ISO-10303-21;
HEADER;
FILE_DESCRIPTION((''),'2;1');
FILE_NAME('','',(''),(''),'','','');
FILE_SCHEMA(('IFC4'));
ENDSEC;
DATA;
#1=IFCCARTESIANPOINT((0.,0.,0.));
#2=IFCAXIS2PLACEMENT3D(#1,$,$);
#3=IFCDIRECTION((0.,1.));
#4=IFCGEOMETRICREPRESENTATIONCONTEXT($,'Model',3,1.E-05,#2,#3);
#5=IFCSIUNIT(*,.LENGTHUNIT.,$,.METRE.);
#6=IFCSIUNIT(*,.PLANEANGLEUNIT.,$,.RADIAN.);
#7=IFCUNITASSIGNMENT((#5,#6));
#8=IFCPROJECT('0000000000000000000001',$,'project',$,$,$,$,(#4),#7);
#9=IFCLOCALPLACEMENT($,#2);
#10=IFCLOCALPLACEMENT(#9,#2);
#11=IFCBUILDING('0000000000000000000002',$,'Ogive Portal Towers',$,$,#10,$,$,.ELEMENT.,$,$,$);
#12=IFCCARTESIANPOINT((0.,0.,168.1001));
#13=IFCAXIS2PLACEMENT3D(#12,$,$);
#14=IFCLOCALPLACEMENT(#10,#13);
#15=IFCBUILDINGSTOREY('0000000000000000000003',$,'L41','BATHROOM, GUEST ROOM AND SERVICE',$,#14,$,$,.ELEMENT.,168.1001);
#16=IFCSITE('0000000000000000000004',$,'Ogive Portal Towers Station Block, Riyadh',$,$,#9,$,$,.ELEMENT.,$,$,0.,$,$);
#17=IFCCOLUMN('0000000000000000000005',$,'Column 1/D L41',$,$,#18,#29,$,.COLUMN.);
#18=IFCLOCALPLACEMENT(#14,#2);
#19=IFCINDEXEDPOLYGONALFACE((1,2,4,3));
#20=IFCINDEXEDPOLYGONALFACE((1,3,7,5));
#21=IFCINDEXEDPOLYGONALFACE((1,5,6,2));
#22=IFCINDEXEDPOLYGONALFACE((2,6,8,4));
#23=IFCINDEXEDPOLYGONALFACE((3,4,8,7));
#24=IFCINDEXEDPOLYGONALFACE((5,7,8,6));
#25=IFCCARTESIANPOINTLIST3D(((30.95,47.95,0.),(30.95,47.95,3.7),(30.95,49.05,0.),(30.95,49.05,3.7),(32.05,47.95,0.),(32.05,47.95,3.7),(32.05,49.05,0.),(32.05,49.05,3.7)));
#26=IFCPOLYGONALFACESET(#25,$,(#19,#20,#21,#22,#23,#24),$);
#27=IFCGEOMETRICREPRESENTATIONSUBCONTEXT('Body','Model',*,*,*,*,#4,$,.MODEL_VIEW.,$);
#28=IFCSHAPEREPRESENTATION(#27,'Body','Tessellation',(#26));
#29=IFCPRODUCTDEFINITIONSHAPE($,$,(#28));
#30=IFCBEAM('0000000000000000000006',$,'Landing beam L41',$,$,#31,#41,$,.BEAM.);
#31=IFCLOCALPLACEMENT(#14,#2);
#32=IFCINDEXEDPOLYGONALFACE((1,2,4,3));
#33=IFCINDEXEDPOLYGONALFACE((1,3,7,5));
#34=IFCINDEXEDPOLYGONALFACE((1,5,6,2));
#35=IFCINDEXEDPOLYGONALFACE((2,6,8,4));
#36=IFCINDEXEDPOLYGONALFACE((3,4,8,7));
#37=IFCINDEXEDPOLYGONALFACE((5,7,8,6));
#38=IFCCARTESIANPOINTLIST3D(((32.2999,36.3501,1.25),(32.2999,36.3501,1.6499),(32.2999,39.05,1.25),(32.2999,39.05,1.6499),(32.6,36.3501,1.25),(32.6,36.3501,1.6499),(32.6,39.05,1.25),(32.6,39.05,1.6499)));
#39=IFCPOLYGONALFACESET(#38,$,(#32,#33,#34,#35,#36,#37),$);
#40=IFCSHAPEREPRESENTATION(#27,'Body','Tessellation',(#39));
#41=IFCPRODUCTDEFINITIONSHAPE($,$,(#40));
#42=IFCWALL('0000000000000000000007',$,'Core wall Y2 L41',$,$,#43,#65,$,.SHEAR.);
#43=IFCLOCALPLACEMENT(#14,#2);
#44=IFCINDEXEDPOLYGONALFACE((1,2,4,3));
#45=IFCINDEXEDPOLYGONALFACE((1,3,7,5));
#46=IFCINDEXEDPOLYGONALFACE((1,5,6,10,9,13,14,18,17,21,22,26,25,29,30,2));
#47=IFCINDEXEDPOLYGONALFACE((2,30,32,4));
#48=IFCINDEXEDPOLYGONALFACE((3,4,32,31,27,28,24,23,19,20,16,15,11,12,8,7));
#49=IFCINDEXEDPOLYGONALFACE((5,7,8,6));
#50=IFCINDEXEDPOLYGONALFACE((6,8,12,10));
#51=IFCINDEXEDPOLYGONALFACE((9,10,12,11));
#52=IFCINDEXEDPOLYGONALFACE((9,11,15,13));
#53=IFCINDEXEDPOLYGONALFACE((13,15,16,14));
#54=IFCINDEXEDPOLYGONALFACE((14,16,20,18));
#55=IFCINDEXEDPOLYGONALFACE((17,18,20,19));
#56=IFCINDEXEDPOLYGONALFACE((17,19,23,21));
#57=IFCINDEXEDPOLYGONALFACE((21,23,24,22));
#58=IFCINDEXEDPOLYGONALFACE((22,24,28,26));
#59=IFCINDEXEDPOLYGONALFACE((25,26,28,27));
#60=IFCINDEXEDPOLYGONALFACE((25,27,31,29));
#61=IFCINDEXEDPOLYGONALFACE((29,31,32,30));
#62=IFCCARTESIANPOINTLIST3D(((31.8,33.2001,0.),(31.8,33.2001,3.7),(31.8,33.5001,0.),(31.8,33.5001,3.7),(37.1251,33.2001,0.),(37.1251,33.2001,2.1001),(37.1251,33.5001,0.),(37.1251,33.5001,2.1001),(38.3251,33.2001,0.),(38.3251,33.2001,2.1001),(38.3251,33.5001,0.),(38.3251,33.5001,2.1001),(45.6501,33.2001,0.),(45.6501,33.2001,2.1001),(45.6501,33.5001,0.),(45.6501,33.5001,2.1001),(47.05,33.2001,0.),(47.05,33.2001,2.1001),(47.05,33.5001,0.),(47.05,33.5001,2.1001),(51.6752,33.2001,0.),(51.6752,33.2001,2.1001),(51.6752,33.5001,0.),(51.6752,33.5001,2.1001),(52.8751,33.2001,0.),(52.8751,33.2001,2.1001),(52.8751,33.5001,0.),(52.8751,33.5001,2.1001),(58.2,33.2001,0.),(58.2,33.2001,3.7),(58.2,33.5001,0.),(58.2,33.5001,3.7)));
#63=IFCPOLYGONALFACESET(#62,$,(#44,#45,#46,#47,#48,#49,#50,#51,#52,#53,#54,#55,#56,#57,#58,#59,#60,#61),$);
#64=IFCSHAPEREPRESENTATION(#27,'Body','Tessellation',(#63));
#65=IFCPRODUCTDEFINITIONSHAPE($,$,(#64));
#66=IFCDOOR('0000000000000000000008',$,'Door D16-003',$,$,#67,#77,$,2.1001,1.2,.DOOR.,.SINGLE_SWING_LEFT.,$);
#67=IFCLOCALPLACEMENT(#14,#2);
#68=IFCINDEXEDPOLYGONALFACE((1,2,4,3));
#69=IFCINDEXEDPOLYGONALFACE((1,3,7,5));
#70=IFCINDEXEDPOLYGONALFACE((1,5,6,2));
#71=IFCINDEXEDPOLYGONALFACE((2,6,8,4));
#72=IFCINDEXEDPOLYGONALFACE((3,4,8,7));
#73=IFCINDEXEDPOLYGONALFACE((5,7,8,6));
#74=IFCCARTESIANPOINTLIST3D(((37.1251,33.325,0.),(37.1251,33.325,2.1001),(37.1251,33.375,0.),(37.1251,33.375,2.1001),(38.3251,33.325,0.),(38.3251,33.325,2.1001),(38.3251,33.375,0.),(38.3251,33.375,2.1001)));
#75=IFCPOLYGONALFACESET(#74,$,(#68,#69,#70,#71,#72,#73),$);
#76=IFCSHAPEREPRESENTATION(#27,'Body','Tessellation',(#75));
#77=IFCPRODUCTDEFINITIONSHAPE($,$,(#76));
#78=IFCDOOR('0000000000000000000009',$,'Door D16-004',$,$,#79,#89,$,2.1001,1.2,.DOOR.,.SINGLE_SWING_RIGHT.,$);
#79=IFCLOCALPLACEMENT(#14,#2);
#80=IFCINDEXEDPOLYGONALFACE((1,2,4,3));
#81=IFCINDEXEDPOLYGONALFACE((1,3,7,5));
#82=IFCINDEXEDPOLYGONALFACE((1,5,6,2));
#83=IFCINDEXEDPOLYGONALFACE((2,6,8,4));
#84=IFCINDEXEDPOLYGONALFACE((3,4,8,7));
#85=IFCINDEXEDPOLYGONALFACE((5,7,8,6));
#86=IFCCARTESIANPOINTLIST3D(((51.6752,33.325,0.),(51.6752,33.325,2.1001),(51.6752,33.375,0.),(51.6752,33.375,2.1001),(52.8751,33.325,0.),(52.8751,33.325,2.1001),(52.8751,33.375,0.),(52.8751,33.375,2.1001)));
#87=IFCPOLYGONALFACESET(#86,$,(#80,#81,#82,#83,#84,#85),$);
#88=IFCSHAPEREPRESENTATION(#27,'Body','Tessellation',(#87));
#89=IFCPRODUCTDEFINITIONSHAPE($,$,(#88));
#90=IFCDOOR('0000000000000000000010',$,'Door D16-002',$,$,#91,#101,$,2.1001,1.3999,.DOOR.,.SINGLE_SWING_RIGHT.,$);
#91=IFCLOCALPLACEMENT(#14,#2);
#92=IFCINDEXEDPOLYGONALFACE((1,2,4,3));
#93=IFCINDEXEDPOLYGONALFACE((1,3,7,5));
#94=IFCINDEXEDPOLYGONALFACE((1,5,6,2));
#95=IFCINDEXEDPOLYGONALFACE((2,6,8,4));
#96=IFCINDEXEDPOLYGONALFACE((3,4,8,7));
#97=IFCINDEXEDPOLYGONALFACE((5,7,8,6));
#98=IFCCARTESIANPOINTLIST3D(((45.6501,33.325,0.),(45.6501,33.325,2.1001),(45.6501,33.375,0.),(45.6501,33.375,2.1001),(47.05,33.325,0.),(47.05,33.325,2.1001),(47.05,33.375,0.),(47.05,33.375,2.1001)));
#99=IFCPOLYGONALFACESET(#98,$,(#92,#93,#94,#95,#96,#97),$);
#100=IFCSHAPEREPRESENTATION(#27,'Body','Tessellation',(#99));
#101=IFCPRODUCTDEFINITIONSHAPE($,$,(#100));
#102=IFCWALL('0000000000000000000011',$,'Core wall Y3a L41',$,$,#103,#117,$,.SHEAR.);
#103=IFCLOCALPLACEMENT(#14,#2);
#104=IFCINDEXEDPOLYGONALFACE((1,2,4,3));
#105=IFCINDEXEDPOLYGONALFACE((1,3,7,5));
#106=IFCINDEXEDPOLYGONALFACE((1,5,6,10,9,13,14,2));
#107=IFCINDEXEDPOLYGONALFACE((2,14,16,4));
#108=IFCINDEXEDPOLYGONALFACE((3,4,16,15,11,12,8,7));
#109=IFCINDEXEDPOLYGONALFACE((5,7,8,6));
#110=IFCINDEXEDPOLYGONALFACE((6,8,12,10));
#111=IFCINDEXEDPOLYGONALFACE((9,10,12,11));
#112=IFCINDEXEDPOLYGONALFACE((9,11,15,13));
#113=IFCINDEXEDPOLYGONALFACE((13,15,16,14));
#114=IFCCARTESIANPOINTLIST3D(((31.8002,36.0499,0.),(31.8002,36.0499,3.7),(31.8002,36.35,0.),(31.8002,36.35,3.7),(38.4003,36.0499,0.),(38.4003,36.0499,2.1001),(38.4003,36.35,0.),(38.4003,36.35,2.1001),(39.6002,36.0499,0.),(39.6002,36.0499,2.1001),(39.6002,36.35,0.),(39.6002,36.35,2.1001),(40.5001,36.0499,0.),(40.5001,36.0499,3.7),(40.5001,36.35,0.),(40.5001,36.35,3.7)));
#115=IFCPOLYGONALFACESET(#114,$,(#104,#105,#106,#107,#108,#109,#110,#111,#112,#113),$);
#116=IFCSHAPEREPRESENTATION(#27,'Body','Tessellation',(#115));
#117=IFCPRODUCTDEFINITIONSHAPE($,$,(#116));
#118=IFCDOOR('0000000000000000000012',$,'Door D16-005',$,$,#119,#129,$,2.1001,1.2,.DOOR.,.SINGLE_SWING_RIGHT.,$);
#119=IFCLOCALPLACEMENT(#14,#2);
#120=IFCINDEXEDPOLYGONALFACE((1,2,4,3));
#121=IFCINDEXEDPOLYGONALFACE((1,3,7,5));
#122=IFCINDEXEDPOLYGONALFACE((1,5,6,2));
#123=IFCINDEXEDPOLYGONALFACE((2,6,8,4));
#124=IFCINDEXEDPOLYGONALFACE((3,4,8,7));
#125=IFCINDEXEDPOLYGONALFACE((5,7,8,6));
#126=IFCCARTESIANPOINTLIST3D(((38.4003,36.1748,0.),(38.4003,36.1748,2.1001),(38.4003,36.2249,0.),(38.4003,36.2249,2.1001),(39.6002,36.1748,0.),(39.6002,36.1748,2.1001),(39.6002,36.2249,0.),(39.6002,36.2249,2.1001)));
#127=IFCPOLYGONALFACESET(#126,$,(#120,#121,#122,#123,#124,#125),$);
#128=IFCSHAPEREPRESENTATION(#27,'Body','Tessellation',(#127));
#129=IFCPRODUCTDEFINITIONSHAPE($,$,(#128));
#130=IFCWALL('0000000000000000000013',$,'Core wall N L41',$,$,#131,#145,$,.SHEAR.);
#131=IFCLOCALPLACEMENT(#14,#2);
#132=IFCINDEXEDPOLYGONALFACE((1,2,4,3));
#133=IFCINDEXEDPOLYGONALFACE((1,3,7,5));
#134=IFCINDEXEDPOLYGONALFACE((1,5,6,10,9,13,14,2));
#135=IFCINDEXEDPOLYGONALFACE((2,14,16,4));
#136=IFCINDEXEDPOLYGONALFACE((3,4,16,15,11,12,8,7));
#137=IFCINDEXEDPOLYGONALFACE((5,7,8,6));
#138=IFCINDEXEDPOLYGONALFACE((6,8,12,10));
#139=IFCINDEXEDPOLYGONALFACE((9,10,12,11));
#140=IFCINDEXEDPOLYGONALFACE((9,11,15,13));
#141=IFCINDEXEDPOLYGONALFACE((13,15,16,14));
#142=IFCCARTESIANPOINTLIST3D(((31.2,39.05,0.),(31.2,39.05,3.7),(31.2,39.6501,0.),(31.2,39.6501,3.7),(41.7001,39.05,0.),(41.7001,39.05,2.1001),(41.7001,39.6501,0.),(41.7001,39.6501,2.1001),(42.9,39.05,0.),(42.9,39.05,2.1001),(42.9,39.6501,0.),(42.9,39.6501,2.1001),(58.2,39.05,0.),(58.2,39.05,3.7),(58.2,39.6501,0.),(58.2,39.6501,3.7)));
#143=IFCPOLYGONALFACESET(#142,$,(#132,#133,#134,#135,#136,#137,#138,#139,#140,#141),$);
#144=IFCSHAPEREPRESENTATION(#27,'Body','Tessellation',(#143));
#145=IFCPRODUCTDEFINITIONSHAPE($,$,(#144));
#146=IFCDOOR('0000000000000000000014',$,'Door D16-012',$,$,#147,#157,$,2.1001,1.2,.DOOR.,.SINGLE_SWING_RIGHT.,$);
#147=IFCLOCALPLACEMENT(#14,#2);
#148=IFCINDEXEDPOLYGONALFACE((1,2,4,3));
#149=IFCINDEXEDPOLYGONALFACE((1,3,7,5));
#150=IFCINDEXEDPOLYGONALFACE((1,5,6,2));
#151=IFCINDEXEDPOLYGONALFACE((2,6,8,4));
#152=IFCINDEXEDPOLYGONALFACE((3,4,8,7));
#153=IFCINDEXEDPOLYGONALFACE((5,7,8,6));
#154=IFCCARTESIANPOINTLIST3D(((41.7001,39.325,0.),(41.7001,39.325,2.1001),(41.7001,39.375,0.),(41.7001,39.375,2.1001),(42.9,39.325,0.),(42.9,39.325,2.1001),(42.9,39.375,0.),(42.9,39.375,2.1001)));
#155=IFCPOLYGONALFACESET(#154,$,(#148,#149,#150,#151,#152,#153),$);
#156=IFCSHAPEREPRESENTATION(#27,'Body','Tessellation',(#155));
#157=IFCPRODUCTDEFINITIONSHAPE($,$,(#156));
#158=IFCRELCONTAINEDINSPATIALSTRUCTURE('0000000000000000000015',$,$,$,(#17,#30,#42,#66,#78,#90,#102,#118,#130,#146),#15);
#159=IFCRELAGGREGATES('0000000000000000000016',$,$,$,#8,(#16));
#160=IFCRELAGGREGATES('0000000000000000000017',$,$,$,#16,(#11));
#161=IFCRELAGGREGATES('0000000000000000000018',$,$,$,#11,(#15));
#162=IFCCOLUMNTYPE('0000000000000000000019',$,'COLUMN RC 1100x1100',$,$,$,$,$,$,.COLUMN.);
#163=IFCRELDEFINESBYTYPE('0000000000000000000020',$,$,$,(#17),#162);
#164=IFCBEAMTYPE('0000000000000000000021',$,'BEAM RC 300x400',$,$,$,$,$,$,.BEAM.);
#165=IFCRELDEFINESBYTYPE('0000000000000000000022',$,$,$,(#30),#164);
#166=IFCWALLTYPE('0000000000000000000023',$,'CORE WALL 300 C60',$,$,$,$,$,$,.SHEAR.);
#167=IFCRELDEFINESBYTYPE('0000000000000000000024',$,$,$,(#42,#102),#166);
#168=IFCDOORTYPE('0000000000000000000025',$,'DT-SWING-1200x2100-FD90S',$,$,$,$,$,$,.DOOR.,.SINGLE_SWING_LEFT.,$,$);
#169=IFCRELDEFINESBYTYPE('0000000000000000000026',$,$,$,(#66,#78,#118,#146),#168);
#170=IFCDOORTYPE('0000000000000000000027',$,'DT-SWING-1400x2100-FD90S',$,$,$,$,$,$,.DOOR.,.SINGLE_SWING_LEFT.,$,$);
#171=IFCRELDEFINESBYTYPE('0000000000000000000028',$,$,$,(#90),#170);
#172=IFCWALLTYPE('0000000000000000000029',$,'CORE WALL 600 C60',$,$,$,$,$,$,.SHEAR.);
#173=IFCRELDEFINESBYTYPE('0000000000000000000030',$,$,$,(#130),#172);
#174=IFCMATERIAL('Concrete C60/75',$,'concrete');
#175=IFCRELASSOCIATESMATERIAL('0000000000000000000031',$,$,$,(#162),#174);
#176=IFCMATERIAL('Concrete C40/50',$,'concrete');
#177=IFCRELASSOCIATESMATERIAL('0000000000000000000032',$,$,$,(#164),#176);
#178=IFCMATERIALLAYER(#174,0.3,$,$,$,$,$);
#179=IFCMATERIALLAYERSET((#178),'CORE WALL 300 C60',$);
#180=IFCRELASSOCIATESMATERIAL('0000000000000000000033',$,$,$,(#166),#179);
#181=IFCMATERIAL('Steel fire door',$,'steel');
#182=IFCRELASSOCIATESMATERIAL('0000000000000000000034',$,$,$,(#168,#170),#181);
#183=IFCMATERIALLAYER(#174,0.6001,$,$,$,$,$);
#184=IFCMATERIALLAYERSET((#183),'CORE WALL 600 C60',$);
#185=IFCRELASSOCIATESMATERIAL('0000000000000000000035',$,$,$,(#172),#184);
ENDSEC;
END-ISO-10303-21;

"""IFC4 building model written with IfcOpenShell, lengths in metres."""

from ifc_helpers import new_model, si_unit, direction, frame, frame_2d, origin, origin_2d, place, context, subcontext, project, spatial, rectangle, extrude, material, layer, layer_set, material_profile, profile_set, type_object, element, fill, save


model = new_model("IFC4")

# Units and contexts
model_context = context("Model", 3, precision=1e-05, world=origin(), true_north=direction((0.0, 1.0)))
body_context = subcontext(model_context, "Body", "Model", "MODEL_VIEW")
ifc_project = project(units=[si_unit("LENGTHUNIT", "METRE"), si_unit("PLANEANGLEUNIT", "RADIAN")], contexts=[model_context])

# Site, building, storey
site_placement = place(None, origin())
site = spatial("IfcSite", under=ifc_project, at=site_placement, Name="Ogive Portal Towers Station Block, Riyadh", CompositionType="ELEMENT", RefElevation=0.0)
building_placement = place(site_placement, origin())
building = spatial("IfcBuilding", under=site, at=building_placement, Name="Ogive Portal Towers", CompositionType="ELEMENT")
storey_placement = place(building_placement, frame((0.0, 0.0, 168.1001)))
storey = spatial("IfcBuildingStorey", under=building, at=storey_placement, Name="L41", Description="BATHROOM, GUEST ROOM AND SERVICE", CompositionType="ELEMENT", Elevation=168.1001)

# Column
ifc_material_1 = material(Name="Concrete C60/75", Category="concrete")
ifc_material_profile_1 = material_profile(ifc_material_1, rectangle(XDim=1.1001, YDim=1.1001, at=origin_2d()), Name="RC 1100x1100")
ifc_profile_set_1 = profile_set([ifc_material_profile_1], Name="Concrete C60/75")
column_type = type_object("IfcColumnType", Name="COLUMN RC 1100x1100", PredefinedType="COLUMN", material=ifc_profile_set_1)
column_placement = place(storey_placement, frame((31.5, 48.5, 0.0), z_axis=(0.0, 0.0, 1.0), x_axis=(1.0, 0.0, 0.0)))
element("IfcColumn", 1, at=column_placement, inside=storey, type_object=column_type, Name="Column 1/D L41", PredefinedType="COLUMN", context=body_context, shape_type="SweptSolid", body=[
    extrude(rectangle(XDim=1.1001, YDim=1.1001, at=origin_2d()), origin(), (0.0, 0.0, 1.0), 3.7),
])

# Beam
ifc_material_2 = material(Name="Concrete C40/50", Category="concrete")
ifc_material_profile_2 = material_profile(ifc_material_2, rectangle(XDim=0.3, YDim=0.3999, at=origin_2d()), Name="RC 300x400")
ifc_profile_set_2 = profile_set([ifc_material_profile_2], Name="Concrete C40/50")
beam_type = type_object("IfcBeamType", Name="BEAM RC 300x400", PredefinedType="BEAM", material=ifc_profile_set_2)
beam_placement = place(storey_placement, frame((32.45, 36.3501, 1.45), z_axis=(0.0, 1.0, 0.0), x_axis=(-1.0, 0.0, 0.0)))
element("IfcBeam", 2, at=beam_placement, inside=storey, type_object=beam_type, Name="Landing beam L41", PredefinedType="BEAM", context=body_context, shape_type="SweptSolid", body=[
    extrude(rectangle(XDim=0.3, YDim=0.3999, at=origin_2d()), origin(), (0.0, 0.0, 1.0), 2.7),
])

# Wall, openings, doors
ifc_layer_1 = layer(ifc_material_1, 0.3)
ifc_layer_set_1 = layer_set([ifc_layer_1], Name="CORE WALL 300 C60")
wall_type_1 = type_object("IfcWallType", Name="CORE WALL 300 C60", PredefinedType="SHEAR", material=ifc_layer_set_1)
wall_1_placement = place(storey_placement, frame((31.8, 33.3501, 0.0), z_axis=(0.0, 0.0, 1.0), x_axis=(1.0, 0.0, 0.0)))
wall_1 = element("IfcWall", 3, at=wall_1_placement, inside=storey, type_object=wall_type_1, Name="Core wall Y2 L41", PredefinedType="SHEAR", context=body_context, shape_type="SweptSolid", body=[
    extrude(rectangle(XDim=26.3999, YDim=0.3, at=frame_2d((13.2, 0.0))), origin(), (0.0, 0.0, 1.0), 3.7),
])
opening_1_placement = place(wall_1_placement, frame((13.8501, 0.0, 0.0)))
opening_1 = element("IfcOpeningElement", 4, at=opening_1_placement, cuts=wall_1, PredefinedType="OPENING", context=body_context, shape_type="SweptSolid", body=[
    extrude(rectangle(XDim=1.3999, YDim=2.1001, at=frame_2d((0.7, 1.05))), frame((0.0, 0.1602, 0.0), z_axis=(0.0, -1.0, 0.0), x_axis=(1.0, 0.0, 0.0)), (0.0, 0.0, 1.0), 0.3201),
])
opening_2_placement = place(wall_1_placement, frame((5.325, 0.0, 0.0)))
opening_2 = element("IfcOpeningElement", 5, at=opening_2_placement, cuts=wall_1, PredefinedType="OPENING", context=body_context, shape_type="SweptSolid", body=[
    extrude(rectangle(XDim=1.2, YDim=2.1001, at=frame_2d((0.6001, 1.05))), frame((0.0, 0.1602, 0.0), z_axis=(0.0, -1.0, 0.0), x_axis=(1.0, 0.0, 0.0)), (0.0, 0.0, 1.0), 0.3201),
])
opening_3_placement = place(wall_1_placement, frame((19.875, 0.0, 0.0)))
opening_3 = element("IfcOpeningElement", 6, at=opening_3_placement, cuts=wall_1, PredefinedType="OPENING", context=body_context, shape_type="SweptSolid", body=[
    extrude(rectangle(XDim=1.2, YDim=2.1001, at=frame_2d((0.6001, 1.05))), frame((0.0, 0.1602, 0.0), z_axis=(0.0, -1.0, 0.0), x_axis=(1.0, 0.0, 0.0)), (0.0, 0.0, 1.0), 0.3201),
])
ifc_material_3 = material(Name="Steel fire door", Category="steel")
door_type_1 = type_object("IfcDoorType", Name="DT-SWING-1200x2100-FD90S", OperationType="SINGLE_SWING_LEFT", PredefinedType="DOOR", material=ifc_material_3)
door_1_placement = place(opening_2_placement, origin())
door_1 = element("IfcDoor", 7, at=door_1_placement, inside=storey, type_object=door_type_1, Name="Door D16-003", OperationType="SINGLE_SWING_LEFT", OverallHeight=2.1001, OverallWidth=1.2, PredefinedType="DOOR", context=body_context, shape_type="SweptSolid", body=[
    extrude(rectangle(XDim=1.2, YDim=2.1001, at=frame_2d((0.6001, 1.05))), frame((0.0, 0.0249, 0.0), z_axis=(0.0, -1.0, 0.0), x_axis=(1.0, 0.0, 0.0)), (0.0, 0.0, 1.0), 0.05),
])
fill(opening_2, door_1)
door_2_placement = place(opening_3_placement, origin())
door_2 = element("IfcDoor", 8, at=door_2_placement, inside=storey, type_object=door_type_1, Name="Door D16-004", OperationType="SINGLE_SWING_RIGHT", OverallHeight=2.1001, OverallWidth=1.2, PredefinedType="DOOR", context=body_context, shape_type="SweptSolid", body=[
    extrude(rectangle(XDim=1.2, YDim=2.1001, at=frame_2d((0.6001, 1.05))), frame((0.0, 0.0249, 0.0), z_axis=(0.0, -1.0, 0.0), x_axis=(1.0, 0.0, 0.0)), (0.0, 0.0, 1.0), 0.05),
])
fill(opening_3, door_2)
door_type_2 = type_object("IfcDoorType", Name="DT-SWING-1400x2100-FD90S", OperationType="SINGLE_SWING_LEFT", PredefinedType="DOOR", material=ifc_material_3)
door_3_placement = place(opening_1_placement, origin())
door_3 = element("IfcDoor", 9, at=door_3_placement, inside=storey, type_object=door_type_2, Name="Door D16-002", OperationType="SINGLE_SWING_RIGHT", OverallHeight=2.1001, OverallWidth=1.3999, PredefinedType="DOOR", context=body_context, shape_type="SweptSolid", body=[
    extrude(rectangle(XDim=1.3999, YDim=2.1001, at=frame_2d((0.7, 1.05))), frame((0.0, 0.0249, 0.0), z_axis=(0.0, -1.0, 0.0), x_axis=(1.0, 0.0, 0.0)), (0.0, 0.0, 1.0), 0.05),
])
fill(opening_1, door_3)

# Walls, openings, doors
wall_2_placement = place(storey_placement, frame((31.8, 36.2, 0.0), z_axis=(0.0, 0.0, 1.0), x_axis=(1.0, 0.0, 0.0)))
wall_2 = element("IfcWall", 10, at=wall_2_placement, inside=storey, type_object=wall_type_1, Name="Core wall Y3a L41", PredefinedType="SHEAR", context=body_context, shape_type="SweptSolid", body=[
    extrude(rectangle(XDim=8.7, YDim=0.3, at=frame_2d((4.3501, 0.0))), origin(), (0.0, 0.0, 1.0), 3.7),
])
opening_4_placement = place(wall_2_placement, frame((6.6001, 0.0, 0.0)))
opening_4 = element("IfcOpeningElement", 11, at=opening_4_placement, cuts=wall_2, PredefinedType="OPENING", context=body_context, shape_type="SweptSolid", body=[
    extrude(rectangle(XDim=1.2, YDim=2.1001, at=frame_2d((0.6001, 1.05))), frame((0.0, 0.1602, 0.0), z_axis=(0.0, -1.0, 0.0), x_axis=(1.0, 0.0, 0.0)), (0.0, 0.0, 1.0), 0.3201),
])
door_4_placement = place(opening_4_placement, origin())
door_4 = element("IfcDoor", 12, at=door_4_placement, inside=storey, type_object=door_type_1, Name="Door D16-005", OperationType="SINGLE_SWING_RIGHT", OverallHeight=2.1001, OverallWidth=1.2, PredefinedType="DOOR", context=body_context, shape_type="SweptSolid", body=[
    extrude(rectangle(XDim=1.2, YDim=2.1001, at=frame_2d((0.6001, 1.05))), frame((0.0, 0.0249, 0.0), z_axis=(0.0, -1.0, 0.0), x_axis=(1.0, 0.0, 0.0)), (0.0, 0.0, 1.0), 0.05),
])
fill(opening_4, door_4)
ifc_layer_2 = layer(ifc_material_1, 0.6001)
ifc_layer_set_2 = layer_set([ifc_layer_2], Name="CORE WALL 600 C60")
wall_type_2 = type_object("IfcWallType", Name="CORE WALL 600 C60", PredefinedType="SHEAR", material=ifc_layer_set_2)
wall_3_placement = place(storey_placement, frame((31.2, 39.3501, 0.0), z_axis=(0.0, 0.0, 1.0), x_axis=(1.0, 0.0, 0.0)))
wall_3 = element("IfcWall", 13, at=wall_3_placement, inside=storey, type_object=wall_type_2, Name="Core wall N L41", PredefinedType="SHEAR", context=body_context, shape_type="SweptSolid", body=[
    extrude(rectangle(XDim=27.0, YDim=0.6001, at=frame_2d((13.5, 0.0))), origin(), (0.0, 0.0, 1.0), 3.7),
])
opening_5_placement = place(wall_3_placement, frame((10.5, 0.0, 0.0)))
opening_5 = element("IfcOpeningElement", 14, at=opening_5_placement, cuts=wall_3, PredefinedType="OPENING", context=body_context, shape_type="SweptSolid", body=[
    extrude(rectangle(XDim=1.2, YDim=2.1001, at=frame_2d((0.6001, 1.05))), frame((0.0, 0.3101, 0.0), z_axis=(0.0, -1.0, 0.0), x_axis=(1.0, 0.0, 0.0)), (0.0, 0.0, 1.0), 0.6201),
])
door_5_placement = place(opening_5_placement, origin())
door_5 = element("IfcDoor", 15, at=door_5_placement, inside=storey, type_object=door_type_1, Name="Door D16-012", OperationType="SINGLE_SWING_RIGHT", OverallHeight=2.1001, OverallWidth=1.2, PredefinedType="DOOR", context=body_context, shape_type="SweptSolid", body=[
    extrude(rectangle(XDim=1.2, YDim=2.1001, at=frame_2d((0.6001, 1.05))), frame((0.0, 0.0249, 0.0), z_axis=(0.0, -1.0, 0.0), x_axis=(1.0, 0.0, 0.0)), (0.0, 0.0, 1.0), 0.05),
])
fill(opening_5, door_5)

save(model, "model.ifc")
